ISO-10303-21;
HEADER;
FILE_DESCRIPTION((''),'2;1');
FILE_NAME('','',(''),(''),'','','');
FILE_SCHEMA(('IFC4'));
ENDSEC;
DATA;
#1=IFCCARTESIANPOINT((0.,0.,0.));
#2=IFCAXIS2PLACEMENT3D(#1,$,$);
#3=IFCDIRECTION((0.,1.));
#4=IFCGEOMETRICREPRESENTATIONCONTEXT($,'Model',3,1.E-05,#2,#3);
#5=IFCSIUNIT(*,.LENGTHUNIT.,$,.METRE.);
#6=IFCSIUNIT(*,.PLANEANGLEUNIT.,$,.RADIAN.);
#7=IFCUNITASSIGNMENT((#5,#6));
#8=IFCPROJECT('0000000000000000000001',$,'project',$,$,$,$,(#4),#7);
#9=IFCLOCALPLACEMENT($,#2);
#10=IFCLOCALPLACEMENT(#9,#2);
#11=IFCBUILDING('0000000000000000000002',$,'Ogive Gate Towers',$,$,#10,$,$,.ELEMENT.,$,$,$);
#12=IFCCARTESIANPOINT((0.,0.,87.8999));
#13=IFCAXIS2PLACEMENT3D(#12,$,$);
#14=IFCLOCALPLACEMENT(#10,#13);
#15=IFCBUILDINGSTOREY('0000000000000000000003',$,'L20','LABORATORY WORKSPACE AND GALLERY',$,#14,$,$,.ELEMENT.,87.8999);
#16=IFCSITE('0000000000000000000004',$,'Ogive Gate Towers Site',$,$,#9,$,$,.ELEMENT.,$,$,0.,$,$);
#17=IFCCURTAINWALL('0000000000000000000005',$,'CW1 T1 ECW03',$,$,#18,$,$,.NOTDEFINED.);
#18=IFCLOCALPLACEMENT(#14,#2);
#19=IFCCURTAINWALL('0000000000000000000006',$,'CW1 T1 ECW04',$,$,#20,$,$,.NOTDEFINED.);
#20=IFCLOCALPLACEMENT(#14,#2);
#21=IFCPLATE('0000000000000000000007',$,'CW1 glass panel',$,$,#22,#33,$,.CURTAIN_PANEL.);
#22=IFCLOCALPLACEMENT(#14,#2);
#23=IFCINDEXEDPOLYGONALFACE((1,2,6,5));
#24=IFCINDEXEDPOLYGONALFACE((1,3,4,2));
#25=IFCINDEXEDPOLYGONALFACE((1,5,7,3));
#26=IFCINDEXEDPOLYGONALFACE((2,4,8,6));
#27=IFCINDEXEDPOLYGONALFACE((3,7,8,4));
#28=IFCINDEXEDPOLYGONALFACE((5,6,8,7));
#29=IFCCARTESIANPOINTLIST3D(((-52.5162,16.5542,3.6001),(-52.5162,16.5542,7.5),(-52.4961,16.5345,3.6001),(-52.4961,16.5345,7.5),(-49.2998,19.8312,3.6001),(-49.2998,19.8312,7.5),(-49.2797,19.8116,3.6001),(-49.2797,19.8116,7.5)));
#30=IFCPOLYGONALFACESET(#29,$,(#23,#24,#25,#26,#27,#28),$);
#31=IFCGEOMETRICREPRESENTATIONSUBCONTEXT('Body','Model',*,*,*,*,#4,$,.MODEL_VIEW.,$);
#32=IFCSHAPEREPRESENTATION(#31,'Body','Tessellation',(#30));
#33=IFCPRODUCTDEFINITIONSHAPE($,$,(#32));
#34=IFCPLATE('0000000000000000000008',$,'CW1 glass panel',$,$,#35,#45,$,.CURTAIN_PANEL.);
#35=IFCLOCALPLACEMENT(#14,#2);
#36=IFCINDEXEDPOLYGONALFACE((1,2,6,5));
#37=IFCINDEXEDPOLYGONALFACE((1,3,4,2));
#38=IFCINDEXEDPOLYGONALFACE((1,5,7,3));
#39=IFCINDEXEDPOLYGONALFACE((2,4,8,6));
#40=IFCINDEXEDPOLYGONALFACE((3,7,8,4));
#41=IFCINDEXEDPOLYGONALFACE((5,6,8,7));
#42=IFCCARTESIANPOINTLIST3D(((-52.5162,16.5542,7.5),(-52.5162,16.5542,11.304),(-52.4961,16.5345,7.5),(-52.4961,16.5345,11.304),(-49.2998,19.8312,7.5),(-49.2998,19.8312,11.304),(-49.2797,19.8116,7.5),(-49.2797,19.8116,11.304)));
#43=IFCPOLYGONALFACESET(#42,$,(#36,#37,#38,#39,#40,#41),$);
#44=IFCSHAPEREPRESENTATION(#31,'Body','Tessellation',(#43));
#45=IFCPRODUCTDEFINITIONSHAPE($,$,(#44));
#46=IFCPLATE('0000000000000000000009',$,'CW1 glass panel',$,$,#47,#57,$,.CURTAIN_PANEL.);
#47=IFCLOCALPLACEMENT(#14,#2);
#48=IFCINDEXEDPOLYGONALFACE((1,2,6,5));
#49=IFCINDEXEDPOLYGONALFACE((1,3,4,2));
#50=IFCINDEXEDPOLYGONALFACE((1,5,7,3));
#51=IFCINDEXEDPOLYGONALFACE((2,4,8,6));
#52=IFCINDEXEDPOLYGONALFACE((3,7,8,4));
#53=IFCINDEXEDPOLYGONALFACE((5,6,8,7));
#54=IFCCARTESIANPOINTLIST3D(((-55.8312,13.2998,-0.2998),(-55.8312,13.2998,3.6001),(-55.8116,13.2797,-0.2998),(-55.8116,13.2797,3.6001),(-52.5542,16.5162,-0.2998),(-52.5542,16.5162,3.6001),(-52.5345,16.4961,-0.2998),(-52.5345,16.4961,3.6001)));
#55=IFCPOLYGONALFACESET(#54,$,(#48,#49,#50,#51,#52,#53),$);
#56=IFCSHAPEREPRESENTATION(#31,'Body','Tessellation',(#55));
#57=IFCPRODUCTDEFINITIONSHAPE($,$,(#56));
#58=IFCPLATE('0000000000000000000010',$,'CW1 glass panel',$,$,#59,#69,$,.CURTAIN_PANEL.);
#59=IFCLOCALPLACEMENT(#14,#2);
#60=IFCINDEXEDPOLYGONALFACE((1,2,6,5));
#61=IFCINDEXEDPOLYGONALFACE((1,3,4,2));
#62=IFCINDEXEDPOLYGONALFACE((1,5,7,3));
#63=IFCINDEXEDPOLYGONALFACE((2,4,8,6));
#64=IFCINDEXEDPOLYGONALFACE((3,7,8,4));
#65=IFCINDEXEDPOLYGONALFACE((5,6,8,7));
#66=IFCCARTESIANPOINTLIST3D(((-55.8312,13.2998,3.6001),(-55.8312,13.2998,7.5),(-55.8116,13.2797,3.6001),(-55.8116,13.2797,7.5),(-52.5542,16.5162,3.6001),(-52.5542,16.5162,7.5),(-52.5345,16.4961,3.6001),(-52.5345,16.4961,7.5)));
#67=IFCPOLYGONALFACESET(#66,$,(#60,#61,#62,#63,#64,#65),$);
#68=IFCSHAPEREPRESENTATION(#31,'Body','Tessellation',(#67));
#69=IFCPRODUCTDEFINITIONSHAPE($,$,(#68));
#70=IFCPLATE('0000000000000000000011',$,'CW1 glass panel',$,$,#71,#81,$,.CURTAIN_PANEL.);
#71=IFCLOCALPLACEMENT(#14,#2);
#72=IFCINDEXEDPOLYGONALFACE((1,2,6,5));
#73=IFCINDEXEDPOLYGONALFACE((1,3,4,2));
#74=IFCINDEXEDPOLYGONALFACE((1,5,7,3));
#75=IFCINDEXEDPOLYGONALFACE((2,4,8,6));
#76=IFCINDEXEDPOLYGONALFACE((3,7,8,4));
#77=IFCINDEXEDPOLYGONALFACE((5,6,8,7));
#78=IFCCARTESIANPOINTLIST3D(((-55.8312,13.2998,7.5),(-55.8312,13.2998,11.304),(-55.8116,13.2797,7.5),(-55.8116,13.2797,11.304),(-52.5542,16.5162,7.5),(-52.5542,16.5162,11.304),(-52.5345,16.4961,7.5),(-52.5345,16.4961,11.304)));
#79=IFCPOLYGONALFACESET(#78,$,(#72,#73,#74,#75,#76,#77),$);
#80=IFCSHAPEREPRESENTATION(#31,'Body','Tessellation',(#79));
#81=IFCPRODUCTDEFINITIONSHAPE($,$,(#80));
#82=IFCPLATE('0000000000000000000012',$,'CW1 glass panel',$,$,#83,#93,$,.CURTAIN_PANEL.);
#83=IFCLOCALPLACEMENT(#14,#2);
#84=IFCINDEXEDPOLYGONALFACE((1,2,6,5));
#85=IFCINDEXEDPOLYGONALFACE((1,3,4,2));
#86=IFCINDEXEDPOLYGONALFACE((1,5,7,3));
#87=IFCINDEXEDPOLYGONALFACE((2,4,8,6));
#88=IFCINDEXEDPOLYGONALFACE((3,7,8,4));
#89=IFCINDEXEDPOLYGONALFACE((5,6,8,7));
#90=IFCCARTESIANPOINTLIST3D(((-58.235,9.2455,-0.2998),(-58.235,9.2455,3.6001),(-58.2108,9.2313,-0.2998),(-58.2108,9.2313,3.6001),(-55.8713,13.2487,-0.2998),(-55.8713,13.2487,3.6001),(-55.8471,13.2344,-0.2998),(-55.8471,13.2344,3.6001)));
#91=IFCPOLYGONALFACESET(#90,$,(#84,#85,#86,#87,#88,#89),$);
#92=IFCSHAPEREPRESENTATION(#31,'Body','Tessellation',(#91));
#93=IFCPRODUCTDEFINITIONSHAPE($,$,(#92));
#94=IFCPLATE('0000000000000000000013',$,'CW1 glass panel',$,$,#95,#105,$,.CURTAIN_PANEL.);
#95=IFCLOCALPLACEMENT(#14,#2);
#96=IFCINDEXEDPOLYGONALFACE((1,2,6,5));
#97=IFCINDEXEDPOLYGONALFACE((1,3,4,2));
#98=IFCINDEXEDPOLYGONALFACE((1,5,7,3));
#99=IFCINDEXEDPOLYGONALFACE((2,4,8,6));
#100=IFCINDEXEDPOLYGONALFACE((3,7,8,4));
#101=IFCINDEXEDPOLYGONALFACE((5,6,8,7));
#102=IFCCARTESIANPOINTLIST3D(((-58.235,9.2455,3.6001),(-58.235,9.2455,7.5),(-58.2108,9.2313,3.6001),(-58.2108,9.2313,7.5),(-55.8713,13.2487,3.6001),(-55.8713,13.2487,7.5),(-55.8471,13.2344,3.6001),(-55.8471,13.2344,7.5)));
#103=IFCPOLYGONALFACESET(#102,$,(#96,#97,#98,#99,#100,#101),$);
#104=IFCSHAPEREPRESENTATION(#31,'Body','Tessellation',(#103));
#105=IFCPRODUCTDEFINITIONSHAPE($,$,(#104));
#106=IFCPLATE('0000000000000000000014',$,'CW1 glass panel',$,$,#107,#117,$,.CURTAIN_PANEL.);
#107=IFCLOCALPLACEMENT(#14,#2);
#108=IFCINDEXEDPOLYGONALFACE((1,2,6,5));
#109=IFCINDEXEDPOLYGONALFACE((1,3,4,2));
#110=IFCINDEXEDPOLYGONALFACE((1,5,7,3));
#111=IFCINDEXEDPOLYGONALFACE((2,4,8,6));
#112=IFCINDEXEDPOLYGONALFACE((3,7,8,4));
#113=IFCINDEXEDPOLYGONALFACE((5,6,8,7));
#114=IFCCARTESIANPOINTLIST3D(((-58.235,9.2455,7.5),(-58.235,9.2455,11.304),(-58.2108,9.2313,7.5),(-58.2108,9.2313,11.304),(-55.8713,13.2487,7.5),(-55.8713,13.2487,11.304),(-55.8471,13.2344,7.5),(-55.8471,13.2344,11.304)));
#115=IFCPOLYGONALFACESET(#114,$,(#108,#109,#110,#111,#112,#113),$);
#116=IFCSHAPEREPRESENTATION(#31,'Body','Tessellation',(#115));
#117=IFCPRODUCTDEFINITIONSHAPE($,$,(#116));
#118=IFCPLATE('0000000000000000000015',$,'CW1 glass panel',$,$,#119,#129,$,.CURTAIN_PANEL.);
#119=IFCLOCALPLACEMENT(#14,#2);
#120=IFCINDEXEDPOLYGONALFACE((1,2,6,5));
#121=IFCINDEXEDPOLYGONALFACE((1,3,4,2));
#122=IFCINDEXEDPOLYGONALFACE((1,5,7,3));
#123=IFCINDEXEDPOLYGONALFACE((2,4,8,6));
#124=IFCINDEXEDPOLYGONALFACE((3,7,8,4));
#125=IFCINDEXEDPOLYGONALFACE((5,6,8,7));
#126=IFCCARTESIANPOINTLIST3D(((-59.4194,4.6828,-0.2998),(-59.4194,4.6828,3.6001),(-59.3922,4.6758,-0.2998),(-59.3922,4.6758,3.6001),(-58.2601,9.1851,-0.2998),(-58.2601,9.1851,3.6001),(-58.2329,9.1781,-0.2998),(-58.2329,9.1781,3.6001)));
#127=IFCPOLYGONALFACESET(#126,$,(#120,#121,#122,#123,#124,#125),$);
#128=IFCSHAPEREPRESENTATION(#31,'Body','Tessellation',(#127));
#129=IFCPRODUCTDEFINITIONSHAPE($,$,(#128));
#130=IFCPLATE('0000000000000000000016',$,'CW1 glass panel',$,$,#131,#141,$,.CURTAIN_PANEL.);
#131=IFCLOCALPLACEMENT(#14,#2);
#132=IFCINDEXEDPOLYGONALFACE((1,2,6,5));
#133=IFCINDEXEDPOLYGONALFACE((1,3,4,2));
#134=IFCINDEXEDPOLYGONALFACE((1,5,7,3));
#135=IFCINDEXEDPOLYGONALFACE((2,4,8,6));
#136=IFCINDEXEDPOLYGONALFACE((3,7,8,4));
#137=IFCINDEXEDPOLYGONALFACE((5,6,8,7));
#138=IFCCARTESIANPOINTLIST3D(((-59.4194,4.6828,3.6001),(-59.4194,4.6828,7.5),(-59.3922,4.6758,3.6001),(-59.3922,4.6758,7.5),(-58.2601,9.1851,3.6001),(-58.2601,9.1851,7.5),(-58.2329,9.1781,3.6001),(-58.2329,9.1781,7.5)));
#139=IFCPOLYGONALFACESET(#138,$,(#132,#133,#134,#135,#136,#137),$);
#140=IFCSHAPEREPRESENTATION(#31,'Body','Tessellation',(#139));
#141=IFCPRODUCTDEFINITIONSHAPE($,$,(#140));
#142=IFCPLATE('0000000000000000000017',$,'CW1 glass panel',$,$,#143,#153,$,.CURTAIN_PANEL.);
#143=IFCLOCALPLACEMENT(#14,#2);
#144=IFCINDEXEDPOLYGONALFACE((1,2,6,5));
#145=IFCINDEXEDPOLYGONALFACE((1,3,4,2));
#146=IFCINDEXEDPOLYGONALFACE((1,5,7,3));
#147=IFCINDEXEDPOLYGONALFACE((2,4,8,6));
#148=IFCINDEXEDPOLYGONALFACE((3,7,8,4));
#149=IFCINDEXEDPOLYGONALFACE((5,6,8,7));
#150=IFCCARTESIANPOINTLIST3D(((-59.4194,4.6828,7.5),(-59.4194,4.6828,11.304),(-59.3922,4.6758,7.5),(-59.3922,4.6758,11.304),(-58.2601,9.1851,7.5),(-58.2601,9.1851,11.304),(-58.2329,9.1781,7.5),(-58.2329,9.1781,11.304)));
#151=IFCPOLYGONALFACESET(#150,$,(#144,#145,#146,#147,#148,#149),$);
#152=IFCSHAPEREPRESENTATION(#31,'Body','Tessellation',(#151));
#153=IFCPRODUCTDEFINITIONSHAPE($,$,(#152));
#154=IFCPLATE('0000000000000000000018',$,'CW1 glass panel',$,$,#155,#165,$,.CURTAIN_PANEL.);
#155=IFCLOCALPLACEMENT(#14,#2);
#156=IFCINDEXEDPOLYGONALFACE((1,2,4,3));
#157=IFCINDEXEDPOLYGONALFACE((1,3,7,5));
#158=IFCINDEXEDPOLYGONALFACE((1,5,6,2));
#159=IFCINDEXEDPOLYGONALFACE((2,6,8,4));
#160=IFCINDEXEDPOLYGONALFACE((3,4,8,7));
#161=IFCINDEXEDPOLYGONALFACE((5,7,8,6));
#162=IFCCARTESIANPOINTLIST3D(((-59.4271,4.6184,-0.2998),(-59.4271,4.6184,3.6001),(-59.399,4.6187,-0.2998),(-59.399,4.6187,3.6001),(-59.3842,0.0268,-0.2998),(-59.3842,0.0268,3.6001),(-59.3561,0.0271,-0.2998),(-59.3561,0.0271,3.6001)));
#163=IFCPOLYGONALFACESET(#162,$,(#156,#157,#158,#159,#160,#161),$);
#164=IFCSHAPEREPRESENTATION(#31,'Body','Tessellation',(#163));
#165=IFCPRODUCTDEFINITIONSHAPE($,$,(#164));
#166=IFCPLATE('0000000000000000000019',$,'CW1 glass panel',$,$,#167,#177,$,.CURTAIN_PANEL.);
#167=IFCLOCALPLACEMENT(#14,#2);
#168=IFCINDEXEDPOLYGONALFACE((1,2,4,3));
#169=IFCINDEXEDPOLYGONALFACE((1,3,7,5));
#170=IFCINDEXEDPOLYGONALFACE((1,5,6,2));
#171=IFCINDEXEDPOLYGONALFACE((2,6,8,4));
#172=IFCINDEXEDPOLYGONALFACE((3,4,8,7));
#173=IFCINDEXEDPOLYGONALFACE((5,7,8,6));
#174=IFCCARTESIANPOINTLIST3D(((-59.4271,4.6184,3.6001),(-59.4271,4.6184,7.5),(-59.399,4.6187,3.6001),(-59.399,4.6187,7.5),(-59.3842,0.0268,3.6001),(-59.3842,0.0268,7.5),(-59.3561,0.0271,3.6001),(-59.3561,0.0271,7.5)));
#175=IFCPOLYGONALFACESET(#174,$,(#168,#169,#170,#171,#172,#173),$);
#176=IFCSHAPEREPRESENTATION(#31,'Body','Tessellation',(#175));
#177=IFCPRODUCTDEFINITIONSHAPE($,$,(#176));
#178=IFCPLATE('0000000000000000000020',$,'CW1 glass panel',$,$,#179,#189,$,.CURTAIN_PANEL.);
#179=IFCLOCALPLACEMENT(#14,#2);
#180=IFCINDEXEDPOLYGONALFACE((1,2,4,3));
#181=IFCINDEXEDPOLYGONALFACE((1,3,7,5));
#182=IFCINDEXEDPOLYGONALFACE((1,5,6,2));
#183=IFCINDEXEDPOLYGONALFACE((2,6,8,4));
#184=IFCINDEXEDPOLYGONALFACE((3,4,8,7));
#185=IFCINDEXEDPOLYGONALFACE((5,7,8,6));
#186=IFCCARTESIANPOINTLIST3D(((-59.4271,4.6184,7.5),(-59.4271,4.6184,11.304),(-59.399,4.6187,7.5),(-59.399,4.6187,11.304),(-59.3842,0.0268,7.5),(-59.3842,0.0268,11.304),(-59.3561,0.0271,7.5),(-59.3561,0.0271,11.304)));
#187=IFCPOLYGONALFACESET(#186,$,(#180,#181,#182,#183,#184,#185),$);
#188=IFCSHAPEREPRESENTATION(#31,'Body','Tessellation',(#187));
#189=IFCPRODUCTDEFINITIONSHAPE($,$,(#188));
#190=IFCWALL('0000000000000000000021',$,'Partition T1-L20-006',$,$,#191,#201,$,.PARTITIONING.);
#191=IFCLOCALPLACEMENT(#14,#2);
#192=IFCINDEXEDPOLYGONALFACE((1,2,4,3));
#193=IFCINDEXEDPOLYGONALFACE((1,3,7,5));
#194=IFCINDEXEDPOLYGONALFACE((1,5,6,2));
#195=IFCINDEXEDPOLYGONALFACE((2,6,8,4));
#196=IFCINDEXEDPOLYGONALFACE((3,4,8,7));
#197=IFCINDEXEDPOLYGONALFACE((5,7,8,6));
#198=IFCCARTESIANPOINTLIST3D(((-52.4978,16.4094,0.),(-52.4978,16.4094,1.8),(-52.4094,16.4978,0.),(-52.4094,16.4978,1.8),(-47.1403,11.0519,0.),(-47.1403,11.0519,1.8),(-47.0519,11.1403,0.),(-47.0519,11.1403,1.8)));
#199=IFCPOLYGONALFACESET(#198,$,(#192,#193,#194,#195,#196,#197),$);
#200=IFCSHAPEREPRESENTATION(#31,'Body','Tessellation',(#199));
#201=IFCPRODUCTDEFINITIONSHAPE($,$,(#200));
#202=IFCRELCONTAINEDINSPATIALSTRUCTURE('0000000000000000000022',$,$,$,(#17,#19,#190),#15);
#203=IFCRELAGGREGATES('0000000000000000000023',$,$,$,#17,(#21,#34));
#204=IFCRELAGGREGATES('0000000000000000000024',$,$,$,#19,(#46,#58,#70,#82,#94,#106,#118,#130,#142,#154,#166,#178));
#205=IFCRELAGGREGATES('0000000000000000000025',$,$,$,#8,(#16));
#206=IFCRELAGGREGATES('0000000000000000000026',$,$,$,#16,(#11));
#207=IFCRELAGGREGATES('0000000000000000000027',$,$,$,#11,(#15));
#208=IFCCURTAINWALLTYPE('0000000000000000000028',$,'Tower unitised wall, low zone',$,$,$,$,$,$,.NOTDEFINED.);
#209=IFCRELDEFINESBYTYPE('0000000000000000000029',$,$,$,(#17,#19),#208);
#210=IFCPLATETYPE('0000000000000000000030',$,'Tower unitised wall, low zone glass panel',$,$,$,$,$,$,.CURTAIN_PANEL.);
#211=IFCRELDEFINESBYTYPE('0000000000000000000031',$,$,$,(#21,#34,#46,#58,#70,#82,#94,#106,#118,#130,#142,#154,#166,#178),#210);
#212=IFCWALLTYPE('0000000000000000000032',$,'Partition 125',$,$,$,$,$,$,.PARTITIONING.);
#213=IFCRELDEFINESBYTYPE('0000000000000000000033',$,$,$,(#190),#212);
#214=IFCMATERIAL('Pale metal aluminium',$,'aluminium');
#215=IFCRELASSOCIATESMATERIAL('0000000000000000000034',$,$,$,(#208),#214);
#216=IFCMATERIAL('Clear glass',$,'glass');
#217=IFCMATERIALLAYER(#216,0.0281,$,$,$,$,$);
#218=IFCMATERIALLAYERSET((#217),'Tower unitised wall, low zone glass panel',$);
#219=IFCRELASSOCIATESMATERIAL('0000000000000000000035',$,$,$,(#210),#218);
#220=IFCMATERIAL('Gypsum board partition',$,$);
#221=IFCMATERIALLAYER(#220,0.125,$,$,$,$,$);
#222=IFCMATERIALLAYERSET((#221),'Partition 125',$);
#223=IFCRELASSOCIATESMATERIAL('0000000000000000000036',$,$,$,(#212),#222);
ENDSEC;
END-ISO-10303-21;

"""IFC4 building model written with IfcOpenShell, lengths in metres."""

from ifc_helpers import new_model, si_unit, direction, frame, frame_2d, origin, origin_2d, place, context, subcontext, project, spatial, rectangle, extrude, material, layer, layer_set, type_object, element, aggregate, save


model = new_model("IFC4")

# Units and contexts
model_context = context("Model", 3, precision=1e-05, world=origin(), true_north=direction((0.0, 1.0)))
body_context = subcontext(model_context, "Body", "Model", "MODEL_VIEW")
ifc_project = project(units=[si_unit("LENGTHUNIT", "METRE"), si_unit("PLANEANGLEUNIT", "RADIAN")], contexts=[model_context])

# Site, building, storey
site_placement = place(None, origin())
site = spatial("IfcSite", under=ifc_project, at=site_placement, Name="Ogive Gate Towers Site", CompositionType="ELEMENT", RefElevation=0.0)
building_placement = place(site_placement, origin())
building = spatial("IfcBuilding", under=site, at=building_placement, Name="Ogive Gate Towers", CompositionType="ELEMENT")
storey_placement = place(building_placement, frame((0.0, 0.0, 87.8999)))
storey = spatial("IfcBuildingStorey", under=building, at=storey_placement, Name="L20", Description="LABORATORY WORKSPACE AND GALLERY", CompositionType="ELEMENT", Elevation=87.8999)

# Curtain wall
ifc_material_1 = material(Name="Pale metal aluminium", Category="aluminium")
curtain_wall_type = type_object("IfcCurtainWallType", Name="Tower unitised wall, low zone", PredefinedType="NOTDEFINED", material=ifc_material_1)
curtain_wall_1_placement = place(storey_placement, origin())
curtain_wall_1 = element("IfcCurtainWall", 1, at=curtain_wall_1_placement, inside=storey, type_object=curtain_wall_type, Name="CW1 T1 ECW03", PredefinedType="NOTDEFINED")

# Curtain wall
curtain_wall_2_placement = place(storey_placement, origin())
curtain_wall_2 = element("IfcCurtainWall", 2, at=curtain_wall_2_placement, inside=storey, type_object=curtain_wall_type, Name="CW1 T1 ECW04", PredefinedType="NOTDEFINED")

# Plates
ifc_material_2 = material(Name="Clear glass", Category="glass")
ifc_layer_1 = layer(ifc_material_2, 0.0281)
ifc_layer_set_1 = layer_set([ifc_layer_1], Name="Tower unitised wall, low zone glass panel")
plate_type = type_object("IfcPlateType", Name="Tower unitised wall, low zone glass panel", PredefinedType="CURTAIN_PANEL", material=ifc_layer_set_1)
plate_1_placement = place(storey_placement, frame((-50.8979, 18.1829, 3.6001), z_axis=(0.0, 0.0, 1.0), x_axis=(-0.700473, -0.713678, 0.0)))
plate_1 = element("IfcPlate", 3, at=plate_1_placement, type_object=plate_type, Name="CW1 glass panel", PredefinedType="CURTAIN_PANEL", context=body_context, shape_type="SweptSolid", body=[
    extrude(rectangle(XDim=4.5918, YDim=0.0281, at=origin_2d()), origin(), (0.0, 0.0, 1.0), 3.8999),
])
plate_2_placement = place(storey_placement, frame((-50.8979, 18.1829, 7.5), z_axis=(0.0, 0.0, 1.0), x_axis=(-0.700473, -0.713678, 0.0)))
plate_2 = element("IfcPlate", 4, at=plate_2_placement, type_object=plate_type, Name="CW1 glass panel", PredefinedType="CURTAIN_PANEL", context=body_context, shape_type="SweptSolid", body=[
    extrude(rectangle(XDim=4.5918, YDim=0.0281, at=origin_2d()), origin(), (0.0, 0.0, 1.0), 3.804),
])
aggregate(curtain_wall_1, [plate_1, plate_2])
plate_3_placement = place(storey_placement, frame((-54.1829, 14.8979, -0.2998), z_axis=(0.0, 0.0, 1.0), x_axis=(-0.713678, -0.700473, 0.0)))
plate_3 = element("IfcPlate", 5, at=plate_3_placement, type_object=plate_type, Name="CW1 glass panel", PredefinedType="CURTAIN_PANEL", context=body_context, shape_type="SweptSolid", body=[
    extrude(rectangle(XDim=4.5918, YDim=0.0281, at=origin_2d()), origin(), (0.0, 0.0, 1.0), 3.8999),
])
plate_4_placement = place(storey_placement, frame((-54.1829, 14.8979, 3.6001), z_axis=(0.0, 0.0, 1.0), x_axis=(-0.713678, -0.700473, 0.0)))
plate_4 = element("IfcPlate", 6, at=plate_4_placement, type_object=plate_type, Name="CW1 glass panel", PredefinedType="CURTAIN_PANEL", context=body_context, shape_type="SweptSolid", body=[
    extrude(rectangle(XDim=4.5918, YDim=0.0281, at=origin_2d()), origin(), (0.0, 0.0, 1.0), 3.8999),
])
plate_5_placement = place(storey_placement, frame((-54.1829, 14.8979, 7.5), z_axis=(0.0, 0.0, 1.0), x_axis=(-0.713678, -0.700473, 0.0)))
plate_5 = element("IfcPlate", 7, at=plate_5_placement, type_object=plate_type, Name="CW1 glass panel", PredefinedType="CURTAIN_PANEL", context=body_context, shape_type="SweptSolid", body=[
    extrude(rectangle(XDim=4.5918, YDim=0.0281, at=origin_2d()), origin(), (0.0, 0.0, 1.0), 3.804),
])
plate_6_placement = place(storey_placement, frame((-57.041, 11.24, -0.2998), z_axis=(0.0, 0.0, 1.0), x_axis=(-0.50844, -0.861097, 0.0)))
plate_6 = element("IfcPlate", 8, at=plate_6_placement, type_object=plate_type, Name="CW1 glass panel", PredefinedType="CURTAIN_PANEL", context=body_context, shape_type="SweptSolid", body=[
    extrude(rectangle(XDim=4.6489, YDim=0.0281, at=origin_2d()), origin(), (0.0, 0.0, 1.0), 3.8999),
])
plate_7_placement = place(storey_placement, frame((-57.041, 11.24, 3.6001), z_axis=(0.0, 0.0, 1.0), x_axis=(-0.50844, -0.861097, 0.0)))
plate_7 = element("IfcPlate", 9, at=plate_7_placement, type_object=plate_type, Name="CW1 glass panel", PredefinedType="CURTAIN_PANEL", context=body_context, shape_type="SweptSolid", body=[
    extrude(rectangle(XDim=4.6489, YDim=0.0281, at=origin_2d()), origin(), (0.0, 0.0, 1.0), 3.8999),
])
plate_8_placement = place(storey_placement, frame((-57.041, 11.24, 7.5), z_axis=(0.0, 0.0, 1.0), x_axis=(-0.50844, -0.861097, 0.0)))
plate_8 = element("IfcPlate", 10, at=plate_8_placement, type_object=plate_type, Name="CW1 glass panel", PredefinedType="CURTAIN_PANEL", context=body_context, shape_type="SweptSolid", body=[
    extrude(rectangle(XDim=4.6489, YDim=0.0281, at=origin_2d()), origin(), (0.0, 0.0, 1.0), 3.804),
])
plate_9_placement = place(storey_placement, frame((-58.8262, 6.9304, -0.2998), z_axis=(0.0, 0.0, 1.0), x_axis=(-0.249349, -0.968414, 0.0)))
plate_9 = element("IfcPlate", 11, at=plate_9_placement, type_object=plate_type, Name="CW1 glass panel", PredefinedType="CURTAIN_PANEL", context=body_context, shape_type="SweptSolid", body=[
    extrude(rectangle(XDim=4.6492, YDim=0.0281, at=origin_2d()), origin(), (0.0, 0.0, 1.0), 3.8999),
])
plate_10_placement = place(storey_placement, frame((-58.8262, 6.9304, 3.6001), z_axis=(0.0, 0.0, 1.0), x_axis=(-0.249349, -0.968414, 0.0)))
plate_10 = element("IfcPlate", 12, at=plate_10_placement, type_object=plate_type, Name="CW1 glass panel", PredefinedType="CURTAIN_PANEL", context=body_context, shape_type="SweptSolid", body=[
    extrude(rectangle(XDim=4.6492, YDim=0.0281, at=origin_2d()), origin(), (0.0, 0.0, 1.0), 3.8999),
])
plate_11_placement = place(storey_placement, frame((-58.8262, 6.9304, 7.5), z_axis=(0.0, 0.0, 1.0), x_axis=(-0.249349, -0.968414, 0.0)))
plate_11 = element("IfcPlate", 13, at=plate_11_placement, type_object=plate_type, Name="CW1 glass panel", PredefinedType="CURTAIN_PANEL", context=body_context, shape_type="SweptSolid", body=[
    extrude(rectangle(XDim=4.6492, YDim=0.0281, at=origin_2d()), origin(), (0.0, 0.0, 1.0), 3.804),
])
plate_12_placement = place(storey_placement, frame((-59.3916, 2.3228, -0.2998), z_axis=(0.0, 0.0, 1.0), x_axis=(0.009337, -0.999956, 0.0)))
plate_12 = element("IfcPlate", 14, at=plate_12_placement, type_object=plate_type, Name="CW1 glass panel", PredefinedType="CURTAIN_PANEL", context=body_context, shape_type="SweptSolid", body=[
    extrude(rectangle(XDim=4.5918, YDim=0.0281, at=origin_2d()), origin(), (0.0, 0.0, 1.0), 3.8999),
])
plate_13_placement = place(storey_placement, frame((-59.3916, 2.3228, 3.6001), z_axis=(0.0, 0.0, 1.0), x_axis=(0.009337, -0.999956, 0.0)))
plate_13 = element("IfcPlate", 15, at=plate_13_placement, type_object=plate_type, Name="CW1 glass panel", PredefinedType="CURTAIN_PANEL", context=body_context, shape_type="SweptSolid", body=[
    extrude(rectangle(XDim=4.5918, YDim=0.0281, at=origin_2d()), origin(), (0.0, 0.0, 1.0), 3.8999),
])
plate_14_placement = place(storey_placement, frame((-59.3916, 2.3228, 7.5), z_axis=(0.0, 0.0, 1.0), x_axis=(0.009337, -0.999956, 0.0)))
plate_14 = element("IfcPlate", 16, at=plate_14_placement, type_object=plate_type, Name="CW1 glass panel", PredefinedType="CURTAIN_PANEL", context=body_context, shape_type="SweptSolid", body=[
    extrude(rectangle(XDim=4.5918, YDim=0.0281, at=origin_2d()), origin(), (0.0, 0.0, 1.0), 3.804),
])
aggregate(curtain_wall_2, [plate_3, plate_4, plate_5, plate_6, plate_7, plate_8, plate_9, plate_10, plate_11, plate_12, plate_13, plate_14])

# Wall
ifc_material_3 = material(Name="Gypsum board partition")
ifc_layer_2 = layer(ifc_material_3, 0.125)
ifc_layer_set_2 = layer_set([ifc_layer_2], Name="Partition 125")
wall_type = type_object("IfcWallType", Name="Partition 125", PredefinedType="PARTITIONING", material=ifc_layer_set_2)
wall_1_placement = place(storey_placement, frame((-52.4536, 16.4536, 0.0), z_axis=(0.0, 0.0, 1.0), x_axis=(0.707107, -0.707107, 0.0)))
element("IfcWall", 17, at=wall_1_placement, inside=storey, type_object=wall_type, Name="Partition T1-L20-006", PredefinedType="PARTITIONING", context=body_context, shape_type="SweptSolid", body=[
    extrude(rectangle(XDim=7.5767, YDim=0.125, at=frame_2d((3.7883, 0.0))), origin(), (0.0, 0.0, 1.0), 1.8),
])

save(model, "model.ifc")
